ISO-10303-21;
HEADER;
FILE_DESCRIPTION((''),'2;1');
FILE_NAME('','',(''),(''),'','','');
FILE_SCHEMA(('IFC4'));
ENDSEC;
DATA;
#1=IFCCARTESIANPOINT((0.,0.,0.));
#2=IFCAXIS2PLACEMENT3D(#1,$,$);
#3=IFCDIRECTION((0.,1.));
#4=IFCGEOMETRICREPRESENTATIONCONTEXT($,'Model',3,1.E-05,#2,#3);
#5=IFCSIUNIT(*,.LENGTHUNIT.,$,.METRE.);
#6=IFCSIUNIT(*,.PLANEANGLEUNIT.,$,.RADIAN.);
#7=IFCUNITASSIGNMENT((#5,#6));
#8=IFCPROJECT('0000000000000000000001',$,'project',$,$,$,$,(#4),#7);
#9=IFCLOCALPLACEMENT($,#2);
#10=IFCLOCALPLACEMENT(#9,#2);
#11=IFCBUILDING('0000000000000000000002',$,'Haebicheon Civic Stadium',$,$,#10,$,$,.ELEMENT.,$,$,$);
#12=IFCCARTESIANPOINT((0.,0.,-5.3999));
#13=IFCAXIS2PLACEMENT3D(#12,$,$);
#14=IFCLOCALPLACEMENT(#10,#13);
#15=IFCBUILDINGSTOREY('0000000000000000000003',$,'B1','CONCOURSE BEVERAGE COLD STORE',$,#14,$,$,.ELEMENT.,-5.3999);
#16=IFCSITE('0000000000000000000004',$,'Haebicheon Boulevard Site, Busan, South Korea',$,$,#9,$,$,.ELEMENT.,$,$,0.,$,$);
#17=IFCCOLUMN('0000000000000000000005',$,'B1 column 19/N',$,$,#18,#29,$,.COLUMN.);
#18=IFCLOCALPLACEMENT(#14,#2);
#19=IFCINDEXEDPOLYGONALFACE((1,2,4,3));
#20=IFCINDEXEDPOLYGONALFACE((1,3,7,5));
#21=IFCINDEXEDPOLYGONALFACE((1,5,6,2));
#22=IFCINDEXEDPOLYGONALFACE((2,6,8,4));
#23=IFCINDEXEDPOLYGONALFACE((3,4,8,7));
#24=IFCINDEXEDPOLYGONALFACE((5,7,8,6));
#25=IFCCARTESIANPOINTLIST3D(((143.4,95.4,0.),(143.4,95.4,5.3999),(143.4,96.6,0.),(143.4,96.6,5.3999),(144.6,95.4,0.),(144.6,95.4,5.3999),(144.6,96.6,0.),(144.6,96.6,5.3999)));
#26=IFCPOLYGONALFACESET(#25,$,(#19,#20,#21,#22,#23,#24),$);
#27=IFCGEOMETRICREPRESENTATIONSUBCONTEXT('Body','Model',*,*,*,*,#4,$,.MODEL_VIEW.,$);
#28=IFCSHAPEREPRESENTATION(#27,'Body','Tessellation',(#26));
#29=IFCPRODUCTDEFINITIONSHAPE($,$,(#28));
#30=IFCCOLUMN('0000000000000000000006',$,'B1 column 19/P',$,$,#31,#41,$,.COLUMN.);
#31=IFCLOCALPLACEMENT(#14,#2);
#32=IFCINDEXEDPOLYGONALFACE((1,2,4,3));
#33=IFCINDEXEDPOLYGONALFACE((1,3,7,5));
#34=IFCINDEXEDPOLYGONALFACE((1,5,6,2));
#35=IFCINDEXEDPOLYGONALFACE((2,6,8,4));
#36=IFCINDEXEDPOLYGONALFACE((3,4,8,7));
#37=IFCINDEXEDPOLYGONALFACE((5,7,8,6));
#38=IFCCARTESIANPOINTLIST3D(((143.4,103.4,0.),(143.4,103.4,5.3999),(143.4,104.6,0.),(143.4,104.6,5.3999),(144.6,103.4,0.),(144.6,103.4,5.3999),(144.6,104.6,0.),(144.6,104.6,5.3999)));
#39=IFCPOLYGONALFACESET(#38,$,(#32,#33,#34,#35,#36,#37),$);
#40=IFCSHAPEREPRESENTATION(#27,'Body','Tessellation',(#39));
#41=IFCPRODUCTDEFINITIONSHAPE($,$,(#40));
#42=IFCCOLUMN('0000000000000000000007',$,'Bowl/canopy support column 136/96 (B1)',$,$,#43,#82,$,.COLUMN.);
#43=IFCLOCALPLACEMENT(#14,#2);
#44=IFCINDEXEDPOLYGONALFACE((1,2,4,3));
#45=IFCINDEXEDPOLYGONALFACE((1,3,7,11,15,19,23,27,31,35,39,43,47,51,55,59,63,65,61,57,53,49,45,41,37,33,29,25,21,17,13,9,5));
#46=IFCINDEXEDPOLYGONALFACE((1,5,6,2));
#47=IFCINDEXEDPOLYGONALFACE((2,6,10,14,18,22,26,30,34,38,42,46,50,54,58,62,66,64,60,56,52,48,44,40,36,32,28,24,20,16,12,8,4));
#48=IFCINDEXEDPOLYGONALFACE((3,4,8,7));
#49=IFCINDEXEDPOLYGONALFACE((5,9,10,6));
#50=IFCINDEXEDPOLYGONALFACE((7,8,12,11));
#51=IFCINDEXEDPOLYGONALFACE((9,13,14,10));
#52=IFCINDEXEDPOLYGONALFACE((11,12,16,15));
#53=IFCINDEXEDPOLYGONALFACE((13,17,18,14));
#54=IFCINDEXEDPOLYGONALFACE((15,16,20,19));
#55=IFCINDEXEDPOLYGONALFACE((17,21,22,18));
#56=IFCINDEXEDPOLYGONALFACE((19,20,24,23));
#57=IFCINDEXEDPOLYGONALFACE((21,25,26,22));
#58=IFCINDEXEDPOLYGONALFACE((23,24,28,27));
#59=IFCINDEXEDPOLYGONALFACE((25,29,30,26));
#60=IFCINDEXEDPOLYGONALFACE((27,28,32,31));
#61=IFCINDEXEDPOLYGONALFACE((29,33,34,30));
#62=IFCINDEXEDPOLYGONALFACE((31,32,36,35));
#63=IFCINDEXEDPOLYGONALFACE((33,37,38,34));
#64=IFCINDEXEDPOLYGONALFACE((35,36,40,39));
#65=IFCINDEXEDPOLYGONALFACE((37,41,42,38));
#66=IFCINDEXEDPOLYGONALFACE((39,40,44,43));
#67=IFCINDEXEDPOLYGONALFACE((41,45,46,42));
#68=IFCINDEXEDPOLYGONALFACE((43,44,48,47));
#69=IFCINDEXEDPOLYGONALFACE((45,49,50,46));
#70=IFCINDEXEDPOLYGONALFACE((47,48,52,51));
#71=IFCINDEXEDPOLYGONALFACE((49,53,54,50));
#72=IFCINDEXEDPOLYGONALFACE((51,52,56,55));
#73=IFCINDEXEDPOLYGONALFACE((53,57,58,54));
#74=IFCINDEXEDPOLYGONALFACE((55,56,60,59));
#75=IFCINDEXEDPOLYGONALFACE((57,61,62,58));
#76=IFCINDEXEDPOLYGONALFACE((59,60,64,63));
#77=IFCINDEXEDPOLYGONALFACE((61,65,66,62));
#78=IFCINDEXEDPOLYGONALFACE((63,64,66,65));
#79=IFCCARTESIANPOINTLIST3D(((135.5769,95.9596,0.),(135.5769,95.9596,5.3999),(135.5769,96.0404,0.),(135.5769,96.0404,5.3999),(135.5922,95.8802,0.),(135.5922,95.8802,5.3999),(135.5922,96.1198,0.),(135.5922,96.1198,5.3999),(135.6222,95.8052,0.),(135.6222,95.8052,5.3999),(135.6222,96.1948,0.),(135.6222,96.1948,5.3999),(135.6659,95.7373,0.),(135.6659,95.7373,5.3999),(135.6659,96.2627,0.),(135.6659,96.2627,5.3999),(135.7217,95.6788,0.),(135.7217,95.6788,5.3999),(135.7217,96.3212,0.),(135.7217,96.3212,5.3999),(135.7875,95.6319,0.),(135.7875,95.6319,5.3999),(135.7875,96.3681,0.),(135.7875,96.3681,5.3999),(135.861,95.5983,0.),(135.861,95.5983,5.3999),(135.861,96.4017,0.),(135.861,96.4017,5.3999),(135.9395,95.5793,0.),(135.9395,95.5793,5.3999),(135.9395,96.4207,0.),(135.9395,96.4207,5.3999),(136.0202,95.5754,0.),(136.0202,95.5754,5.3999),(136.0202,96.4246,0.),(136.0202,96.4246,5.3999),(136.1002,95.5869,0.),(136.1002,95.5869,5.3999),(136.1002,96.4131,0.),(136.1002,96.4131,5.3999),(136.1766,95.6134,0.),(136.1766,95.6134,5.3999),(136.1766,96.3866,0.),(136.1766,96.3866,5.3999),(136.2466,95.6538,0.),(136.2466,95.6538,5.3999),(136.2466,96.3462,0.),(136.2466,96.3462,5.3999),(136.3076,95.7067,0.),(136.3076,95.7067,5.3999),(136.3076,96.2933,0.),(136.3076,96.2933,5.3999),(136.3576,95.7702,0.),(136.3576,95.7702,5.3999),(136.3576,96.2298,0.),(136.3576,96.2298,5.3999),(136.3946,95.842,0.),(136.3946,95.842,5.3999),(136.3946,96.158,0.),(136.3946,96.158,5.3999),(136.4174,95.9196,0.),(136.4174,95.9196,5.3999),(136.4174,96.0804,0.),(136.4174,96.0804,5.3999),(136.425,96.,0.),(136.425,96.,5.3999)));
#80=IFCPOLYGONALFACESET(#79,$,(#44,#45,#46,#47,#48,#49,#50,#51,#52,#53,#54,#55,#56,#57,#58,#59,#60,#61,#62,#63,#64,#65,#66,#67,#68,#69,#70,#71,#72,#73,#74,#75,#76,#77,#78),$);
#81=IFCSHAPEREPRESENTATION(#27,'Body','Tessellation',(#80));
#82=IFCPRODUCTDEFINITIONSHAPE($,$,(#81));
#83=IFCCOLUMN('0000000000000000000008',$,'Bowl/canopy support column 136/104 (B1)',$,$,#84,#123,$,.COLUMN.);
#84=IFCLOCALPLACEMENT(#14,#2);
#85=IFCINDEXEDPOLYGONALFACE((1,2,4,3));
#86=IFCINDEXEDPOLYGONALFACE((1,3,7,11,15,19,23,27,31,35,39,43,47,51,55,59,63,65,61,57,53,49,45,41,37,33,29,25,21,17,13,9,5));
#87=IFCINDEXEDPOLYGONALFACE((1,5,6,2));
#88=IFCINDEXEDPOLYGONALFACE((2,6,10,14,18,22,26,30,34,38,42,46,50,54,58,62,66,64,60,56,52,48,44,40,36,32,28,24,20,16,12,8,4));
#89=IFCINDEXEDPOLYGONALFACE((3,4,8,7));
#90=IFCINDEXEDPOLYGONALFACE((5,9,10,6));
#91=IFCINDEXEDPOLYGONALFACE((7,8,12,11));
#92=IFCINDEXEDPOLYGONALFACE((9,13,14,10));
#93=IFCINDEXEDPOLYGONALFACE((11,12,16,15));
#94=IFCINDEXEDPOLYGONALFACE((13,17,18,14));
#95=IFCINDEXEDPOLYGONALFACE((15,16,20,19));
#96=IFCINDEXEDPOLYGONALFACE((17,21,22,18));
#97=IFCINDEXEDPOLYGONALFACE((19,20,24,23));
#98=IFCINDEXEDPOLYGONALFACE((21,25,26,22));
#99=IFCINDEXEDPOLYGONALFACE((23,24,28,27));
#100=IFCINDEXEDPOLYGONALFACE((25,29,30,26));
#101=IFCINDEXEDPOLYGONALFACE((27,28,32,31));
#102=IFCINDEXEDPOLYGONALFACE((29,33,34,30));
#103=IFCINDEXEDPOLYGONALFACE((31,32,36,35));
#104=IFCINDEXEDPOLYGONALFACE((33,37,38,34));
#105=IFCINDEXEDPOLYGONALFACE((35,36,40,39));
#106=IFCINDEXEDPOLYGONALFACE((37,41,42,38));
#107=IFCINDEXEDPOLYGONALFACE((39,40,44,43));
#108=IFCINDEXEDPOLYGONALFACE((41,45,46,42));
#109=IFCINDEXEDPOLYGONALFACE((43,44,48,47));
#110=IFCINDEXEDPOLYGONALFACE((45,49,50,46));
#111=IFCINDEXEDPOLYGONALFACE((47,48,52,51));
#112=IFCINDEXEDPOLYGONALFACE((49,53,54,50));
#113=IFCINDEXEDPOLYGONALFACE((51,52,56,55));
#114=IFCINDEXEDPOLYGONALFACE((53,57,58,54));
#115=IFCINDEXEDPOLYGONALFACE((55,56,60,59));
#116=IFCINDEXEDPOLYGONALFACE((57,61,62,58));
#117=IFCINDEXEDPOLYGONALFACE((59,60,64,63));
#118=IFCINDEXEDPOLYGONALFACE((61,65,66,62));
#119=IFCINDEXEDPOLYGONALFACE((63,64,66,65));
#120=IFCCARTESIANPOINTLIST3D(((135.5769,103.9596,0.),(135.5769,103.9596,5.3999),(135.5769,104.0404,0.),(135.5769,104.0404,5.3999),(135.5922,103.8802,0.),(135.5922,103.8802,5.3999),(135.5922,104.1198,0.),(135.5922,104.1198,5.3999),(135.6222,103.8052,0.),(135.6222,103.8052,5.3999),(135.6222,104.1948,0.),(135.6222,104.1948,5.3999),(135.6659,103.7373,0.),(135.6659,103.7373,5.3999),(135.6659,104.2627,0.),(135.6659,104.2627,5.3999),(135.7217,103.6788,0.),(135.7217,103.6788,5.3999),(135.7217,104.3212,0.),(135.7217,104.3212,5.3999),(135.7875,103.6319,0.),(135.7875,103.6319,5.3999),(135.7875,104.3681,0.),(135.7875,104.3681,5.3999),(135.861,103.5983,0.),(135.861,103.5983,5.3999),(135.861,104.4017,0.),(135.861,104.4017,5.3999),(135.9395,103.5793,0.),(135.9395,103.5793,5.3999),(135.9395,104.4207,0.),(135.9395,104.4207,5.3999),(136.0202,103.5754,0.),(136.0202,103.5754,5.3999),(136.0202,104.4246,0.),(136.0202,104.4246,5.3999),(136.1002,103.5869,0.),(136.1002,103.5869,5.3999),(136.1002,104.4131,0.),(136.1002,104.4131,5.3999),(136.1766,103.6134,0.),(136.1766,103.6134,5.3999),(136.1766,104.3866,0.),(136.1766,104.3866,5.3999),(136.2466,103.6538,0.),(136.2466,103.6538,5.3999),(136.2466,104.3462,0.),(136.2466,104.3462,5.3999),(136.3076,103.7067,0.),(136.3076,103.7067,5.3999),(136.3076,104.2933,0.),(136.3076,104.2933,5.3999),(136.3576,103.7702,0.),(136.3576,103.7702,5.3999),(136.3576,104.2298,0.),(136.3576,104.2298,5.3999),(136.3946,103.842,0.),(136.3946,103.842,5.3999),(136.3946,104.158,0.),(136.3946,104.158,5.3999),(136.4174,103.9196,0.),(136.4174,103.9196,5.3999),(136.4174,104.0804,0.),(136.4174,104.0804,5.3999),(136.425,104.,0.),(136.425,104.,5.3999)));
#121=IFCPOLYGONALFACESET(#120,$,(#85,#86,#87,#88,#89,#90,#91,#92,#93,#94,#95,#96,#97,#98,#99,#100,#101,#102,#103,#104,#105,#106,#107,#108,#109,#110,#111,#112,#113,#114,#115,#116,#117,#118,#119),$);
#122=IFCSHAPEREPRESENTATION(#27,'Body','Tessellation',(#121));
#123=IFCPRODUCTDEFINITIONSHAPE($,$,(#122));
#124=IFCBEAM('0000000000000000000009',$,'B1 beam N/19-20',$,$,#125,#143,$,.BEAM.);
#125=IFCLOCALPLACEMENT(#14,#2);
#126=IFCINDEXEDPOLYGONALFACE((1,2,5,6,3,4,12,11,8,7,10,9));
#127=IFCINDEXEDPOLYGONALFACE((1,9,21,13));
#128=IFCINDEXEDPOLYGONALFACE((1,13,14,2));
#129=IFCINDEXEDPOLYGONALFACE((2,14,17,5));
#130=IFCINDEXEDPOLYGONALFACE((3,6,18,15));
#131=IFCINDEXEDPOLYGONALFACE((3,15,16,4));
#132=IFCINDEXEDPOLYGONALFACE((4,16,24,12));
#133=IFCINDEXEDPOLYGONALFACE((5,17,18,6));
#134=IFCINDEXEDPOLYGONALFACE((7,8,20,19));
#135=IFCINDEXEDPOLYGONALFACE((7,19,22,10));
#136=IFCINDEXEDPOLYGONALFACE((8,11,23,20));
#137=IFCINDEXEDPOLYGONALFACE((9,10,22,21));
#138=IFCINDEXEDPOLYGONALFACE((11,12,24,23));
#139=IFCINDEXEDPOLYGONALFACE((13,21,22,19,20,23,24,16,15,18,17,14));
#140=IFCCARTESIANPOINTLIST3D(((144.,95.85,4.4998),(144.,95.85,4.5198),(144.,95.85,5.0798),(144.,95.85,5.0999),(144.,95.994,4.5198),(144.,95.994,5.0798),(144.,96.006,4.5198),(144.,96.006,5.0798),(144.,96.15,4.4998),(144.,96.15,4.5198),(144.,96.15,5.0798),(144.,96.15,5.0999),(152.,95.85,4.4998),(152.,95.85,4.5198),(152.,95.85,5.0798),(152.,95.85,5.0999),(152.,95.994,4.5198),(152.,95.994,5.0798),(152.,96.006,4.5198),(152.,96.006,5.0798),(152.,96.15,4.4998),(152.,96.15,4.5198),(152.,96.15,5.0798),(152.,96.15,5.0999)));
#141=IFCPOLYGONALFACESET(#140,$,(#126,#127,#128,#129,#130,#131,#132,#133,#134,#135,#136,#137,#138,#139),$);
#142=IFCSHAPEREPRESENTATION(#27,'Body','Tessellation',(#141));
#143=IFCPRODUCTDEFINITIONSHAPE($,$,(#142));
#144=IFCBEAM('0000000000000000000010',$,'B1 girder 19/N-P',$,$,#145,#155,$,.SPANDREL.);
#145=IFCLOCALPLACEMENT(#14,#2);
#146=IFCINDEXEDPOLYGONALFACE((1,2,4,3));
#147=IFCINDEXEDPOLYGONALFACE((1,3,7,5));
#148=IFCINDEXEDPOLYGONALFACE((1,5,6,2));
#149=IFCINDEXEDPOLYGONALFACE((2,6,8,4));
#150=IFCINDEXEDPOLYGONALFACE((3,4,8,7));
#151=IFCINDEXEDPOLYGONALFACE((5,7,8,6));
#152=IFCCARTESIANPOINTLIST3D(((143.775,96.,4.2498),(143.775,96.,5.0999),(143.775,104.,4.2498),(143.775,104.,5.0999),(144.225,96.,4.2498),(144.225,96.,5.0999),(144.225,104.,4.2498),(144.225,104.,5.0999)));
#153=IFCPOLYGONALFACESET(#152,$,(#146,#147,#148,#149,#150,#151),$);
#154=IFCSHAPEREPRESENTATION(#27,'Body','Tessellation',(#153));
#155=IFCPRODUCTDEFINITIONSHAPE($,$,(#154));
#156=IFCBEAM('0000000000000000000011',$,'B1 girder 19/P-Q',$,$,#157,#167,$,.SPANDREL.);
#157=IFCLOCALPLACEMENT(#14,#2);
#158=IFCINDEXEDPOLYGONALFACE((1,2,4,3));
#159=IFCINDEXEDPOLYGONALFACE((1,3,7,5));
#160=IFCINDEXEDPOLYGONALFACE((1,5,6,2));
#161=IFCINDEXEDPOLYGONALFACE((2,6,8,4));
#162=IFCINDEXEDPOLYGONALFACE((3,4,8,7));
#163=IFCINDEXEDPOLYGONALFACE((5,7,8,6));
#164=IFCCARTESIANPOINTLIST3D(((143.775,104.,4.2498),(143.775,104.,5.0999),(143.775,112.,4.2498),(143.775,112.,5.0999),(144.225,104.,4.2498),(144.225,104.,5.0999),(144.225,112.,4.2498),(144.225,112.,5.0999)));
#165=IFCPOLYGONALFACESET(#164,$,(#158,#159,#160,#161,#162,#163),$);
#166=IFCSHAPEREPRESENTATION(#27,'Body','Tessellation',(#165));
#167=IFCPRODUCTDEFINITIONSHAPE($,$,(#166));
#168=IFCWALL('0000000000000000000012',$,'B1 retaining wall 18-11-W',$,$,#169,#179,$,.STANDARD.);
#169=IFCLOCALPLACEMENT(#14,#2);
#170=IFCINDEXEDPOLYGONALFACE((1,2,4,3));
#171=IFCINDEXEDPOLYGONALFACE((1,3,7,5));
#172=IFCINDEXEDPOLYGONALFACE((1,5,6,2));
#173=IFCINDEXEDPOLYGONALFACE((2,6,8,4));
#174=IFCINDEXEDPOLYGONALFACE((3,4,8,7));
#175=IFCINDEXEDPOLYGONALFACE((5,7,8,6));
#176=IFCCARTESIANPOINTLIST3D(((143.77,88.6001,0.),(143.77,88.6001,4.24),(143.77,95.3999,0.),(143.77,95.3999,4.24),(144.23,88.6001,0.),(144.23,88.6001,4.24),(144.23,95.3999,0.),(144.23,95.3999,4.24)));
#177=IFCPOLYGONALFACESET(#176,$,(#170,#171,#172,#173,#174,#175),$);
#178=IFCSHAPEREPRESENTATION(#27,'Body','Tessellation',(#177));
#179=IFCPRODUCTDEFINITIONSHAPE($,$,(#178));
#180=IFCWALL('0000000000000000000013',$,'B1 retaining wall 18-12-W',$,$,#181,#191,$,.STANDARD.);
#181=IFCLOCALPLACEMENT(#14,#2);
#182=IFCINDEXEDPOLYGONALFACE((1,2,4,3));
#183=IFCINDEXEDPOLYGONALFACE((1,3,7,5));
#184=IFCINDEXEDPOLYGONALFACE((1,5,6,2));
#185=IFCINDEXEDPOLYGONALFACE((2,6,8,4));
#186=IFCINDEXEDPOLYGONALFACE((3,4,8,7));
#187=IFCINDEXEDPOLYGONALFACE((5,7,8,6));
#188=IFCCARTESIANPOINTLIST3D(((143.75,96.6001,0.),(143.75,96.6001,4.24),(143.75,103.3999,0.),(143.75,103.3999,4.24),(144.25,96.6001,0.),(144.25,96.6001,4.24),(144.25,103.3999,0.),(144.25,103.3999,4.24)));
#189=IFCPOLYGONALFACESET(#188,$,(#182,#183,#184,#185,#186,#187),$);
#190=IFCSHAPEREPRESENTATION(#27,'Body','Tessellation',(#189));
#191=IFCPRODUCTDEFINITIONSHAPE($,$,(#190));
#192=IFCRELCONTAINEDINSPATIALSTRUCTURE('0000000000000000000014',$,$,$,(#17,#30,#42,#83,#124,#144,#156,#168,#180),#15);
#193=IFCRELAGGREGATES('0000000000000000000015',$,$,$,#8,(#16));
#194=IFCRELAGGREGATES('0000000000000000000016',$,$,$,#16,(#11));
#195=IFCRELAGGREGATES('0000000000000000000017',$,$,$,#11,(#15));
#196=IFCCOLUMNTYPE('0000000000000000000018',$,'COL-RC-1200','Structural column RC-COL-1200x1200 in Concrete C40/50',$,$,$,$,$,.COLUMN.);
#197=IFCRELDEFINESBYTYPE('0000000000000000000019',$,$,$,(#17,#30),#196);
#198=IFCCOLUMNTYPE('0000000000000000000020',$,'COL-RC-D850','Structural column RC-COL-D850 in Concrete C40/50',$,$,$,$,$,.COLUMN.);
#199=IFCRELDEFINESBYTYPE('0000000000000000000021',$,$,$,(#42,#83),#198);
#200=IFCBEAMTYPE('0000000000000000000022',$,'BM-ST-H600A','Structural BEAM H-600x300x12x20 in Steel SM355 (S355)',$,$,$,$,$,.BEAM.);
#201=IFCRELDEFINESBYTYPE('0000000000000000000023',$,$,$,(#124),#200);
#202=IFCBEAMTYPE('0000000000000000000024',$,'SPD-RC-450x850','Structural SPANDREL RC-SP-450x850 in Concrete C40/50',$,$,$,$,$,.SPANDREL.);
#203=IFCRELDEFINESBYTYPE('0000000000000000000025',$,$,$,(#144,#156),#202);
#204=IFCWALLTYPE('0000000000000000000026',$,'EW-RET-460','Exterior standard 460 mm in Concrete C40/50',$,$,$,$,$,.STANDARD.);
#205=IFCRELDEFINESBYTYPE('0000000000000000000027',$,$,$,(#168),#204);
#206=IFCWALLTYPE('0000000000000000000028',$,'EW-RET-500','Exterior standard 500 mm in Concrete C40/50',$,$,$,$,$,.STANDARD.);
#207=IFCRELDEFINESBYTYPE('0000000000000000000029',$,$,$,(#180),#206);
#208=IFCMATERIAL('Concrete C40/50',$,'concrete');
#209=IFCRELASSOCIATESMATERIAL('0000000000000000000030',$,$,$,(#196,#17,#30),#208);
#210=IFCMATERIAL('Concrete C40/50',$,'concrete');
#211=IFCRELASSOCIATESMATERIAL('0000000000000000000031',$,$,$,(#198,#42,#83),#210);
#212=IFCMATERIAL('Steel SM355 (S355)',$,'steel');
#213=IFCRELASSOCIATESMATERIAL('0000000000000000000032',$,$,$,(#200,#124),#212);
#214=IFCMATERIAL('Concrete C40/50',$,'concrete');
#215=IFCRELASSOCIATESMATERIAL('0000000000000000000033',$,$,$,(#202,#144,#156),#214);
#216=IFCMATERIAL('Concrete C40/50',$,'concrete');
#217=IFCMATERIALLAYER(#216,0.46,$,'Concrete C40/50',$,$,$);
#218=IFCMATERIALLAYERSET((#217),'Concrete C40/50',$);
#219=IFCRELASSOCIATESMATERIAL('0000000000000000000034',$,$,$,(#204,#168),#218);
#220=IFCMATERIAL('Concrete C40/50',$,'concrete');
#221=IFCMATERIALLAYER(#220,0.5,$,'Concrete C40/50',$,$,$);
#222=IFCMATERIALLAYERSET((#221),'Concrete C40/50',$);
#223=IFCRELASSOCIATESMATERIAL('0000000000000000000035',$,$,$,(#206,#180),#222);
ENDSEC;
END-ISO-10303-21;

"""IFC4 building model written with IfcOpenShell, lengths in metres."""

from ifc_helpers import new_model, si_unit, direction, frame, frame_2d, origin, origin_2d, place, context, subcontext, project, spatial, rectangle, circle, i_section, extrude, material, layer, layer_set, material_profile, profile_set, type_object, element, save


model = new_model("IFC4")

# Units and contexts
model_context = context("Model", 3, precision=1e-05, world=origin(), true_north=direction((0.0, 1.0)))
body_context = subcontext(model_context, "Body", "Model", "MODEL_VIEW")
ifc_project = project(units=[si_unit("LENGTHUNIT", "METRE"), si_unit("PLANEANGLEUNIT", "RADIAN")], contexts=[model_context])

# Site, building, storey
site_placement = place(None, origin())
site = spatial("IfcSite", under=ifc_project, at=site_placement, Name="Haebicheon Boulevard Site, Busan, South Korea", CompositionType="ELEMENT", RefElevation=0.0)
building_placement = place(site_placement, origin())
building = spatial("IfcBuilding", under=site, at=building_placement, Name="Haebicheon Civic Stadium", CompositionType="ELEMENT")
storey_placement = place(building_placement, frame((0.0, 0.0, -5.3999)))
storey = spatial("IfcBuildingStorey", under=building, at=storey_placement, Name="B1", Description="CONCOURSE BEVERAGE COLD STORE", CompositionType="ELEMENT", Elevation=-5.3999)

# Columns
ifc_material_1 = material(Name="Concrete C40/50", Category="concrete")
ifc_material_profile_1 = material_profile(ifc_material_1, rectangle(XDim=1.2, YDim=1.2, at=origin_2d()), Name="RC-COL-1200x1200")
ifc_profile_set_1 = profile_set([ifc_material_profile_1], Name="Concrete C40/50")
column_type_1 = type_object("IfcColumnType", Name="COL-RC-1200", Description="Structural column RC-COL-1200x1200 in Concrete C40/50", PredefinedType="COLUMN", material=ifc_profile_set_1)
for number, where, z_axis, x_axis, name in (
    (1, (144.0, 96.0, 0.0), (0.0, 0.0, 1.0), (1.0, 0.0, 0.0), "B1 column 19/N"),
    (2, (144.0, 104.0, 0.0), (0.0, 0.0, 1.0), (1.0, 0.0, 0.0), "B1 column 19/P"),
):
    element("IfcColumn", number, at=place(storey_placement, frame(where, z_axis=z_axis, x_axis=x_axis)), inside=storey, type_object=column_type_1, material=ifc_profile_set_1, Name=name, PredefinedType="COLUMN", context=body_context, shape_type="SweptSolid", body=[
        extrude(rectangle(XDim=1.2, YDim=1.2, at=origin_2d()), origin(), (0.0, 0.0, 1.0), 5.3999),
    ])
ifc_material_2 = material(Name="Concrete C40/50", Category="concrete")
ifc_material_profile_2 = material_profile(ifc_material_2, circle(Radius=0.425, at=origin_2d()), Name="RC-COL-D850")
ifc_profile_set_2 = profile_set([ifc_material_profile_2], Name="Concrete C40/50")
column_type_2 = type_object("IfcColumnType", Name="COL-RC-D850", Description="Structural column RC-COL-D850 in Concrete C40/50", PredefinedType="COLUMN", material=ifc_profile_set_2)
for number, where, z_axis, x_axis, name in (
    (3, (136.0, 96.0, 0.0), (0.0, 0.0, 1.0), (1.0, 0.0, 0.0), "Bowl/canopy support column 136/96 (B1)"),
    (4, (136.0, 104.0, 0.0), (0.0, 0.0, 1.0), (1.0, 0.0, 0.0), "Bowl/canopy support column 136/104 (B1)"),
):
    element("IfcColumn", number, at=place(storey_placement, frame(where, z_axis=z_axis, x_axis=x_axis)), inside=storey, type_object=column_type_2, material=ifc_profile_set_2, Name=name, PredefinedType="COLUMN", context=body_context, shape_type="SweptSolid", body=[
        extrude(circle(Radius=0.425, at=origin_2d()), origin(), (0.0, 0.0, 1.0), 5.3999),
    ])

# Beams
ifc_material_3 = material(Name="Steel SM355 (S355)", Category="steel")
ifc_material_profile_3 = material_profile(ifc_material_3, i_section(OverallWidth=0.3, OverallDepth=0.6001, WebThickness=0.012, FlangeThickness=0.02, at=origin_2d()), Name="H-600x300x12x20")
ifc_profile_set_3 = profile_set([ifc_material_profile_3], Name="Steel SM355 (S355)")
beam_type_1 = type_object("IfcBeamType", Name="BM-ST-H600A", Description="Structural BEAM H-600x300x12x20 in Steel SM355 (S355)", PredefinedType="BEAM", material=ifc_profile_set_3)
beam_placement = place(storey_placement, frame((144.0, 96.0, 4.7998), z_axis=(1.0, 0.0, 0.0), x_axis=(0.0, 1.0, 0.0)))
element("IfcBeam", 5, at=beam_placement, inside=storey, type_object=beam_type_1, material=ifc_profile_set_3, Name="B1 beam N/19-20", PredefinedType="BEAM", context=body_context, shape_type="SweptSolid", body=[
    extrude(i_section(OverallWidth=0.3, OverallDepth=0.6001, WebThickness=0.012, FlangeThickness=0.02, at=origin_2d()), origin(), (0.0, 0.0, 1.0), 8.0),
])
ifc_material_4 = material(Name="Concrete C40/50", Category="concrete")
ifc_material_profile_4 = material_profile(ifc_material_4, rectangle(XDim=0.45, YDim=0.8501, at=origin_2d()), Name="RC-SP-450x850")
ifc_profile_set_4 = profile_set([ifc_material_profile_4], Name="Concrete C40/50")
beam_type_2 = type_object("IfcBeamType", Name="SPD-RC-450x850", Description="Structural SPANDREL RC-SP-450x850 in Concrete C40/50", PredefinedType="SPANDREL", material=ifc_profile_set_4)
for number, where, z_axis, x_axis, name in (
    (6, (144.0, 96.0, 4.6748), (0.0, 1.0, 0.0), (-1.0, 0.0, 0.0), "B1 girder 19/N-P"),
    (7, (144.0, 104.0, 4.6748), (0.0, 1.0, 0.0), (-1.0, 0.0, 0.0), "B1 girder 19/P-Q"),
):
    element("IfcBeam", number, at=place(storey_placement, frame(where, z_axis=z_axis, x_axis=x_axis)), inside=storey, type_object=beam_type_2, material=ifc_profile_set_4, Name=name, PredefinedType="SPANDREL", context=body_context, shape_type="SweptSolid", body=[
        extrude(rectangle(XDim=0.45, YDim=0.8501, at=origin_2d()), origin(), (0.0, 0.0, 1.0), 8.0),
    ])

# Walls
ifc_material_5 = material(Name="Concrete C40/50", Category="concrete")
ifc_layer_1 = layer(ifc_material_5, 0.46, Name="Concrete C40/50")
ifc_layer_set_1 = layer_set([ifc_layer_1], Name="Concrete C40/50")
wall_type_1 = type_object("IfcWallType", Name="EW-RET-460", Description="Exterior standard 460 mm in Concrete C40/50", PredefinedType="STANDARD", material=ifc_layer_set_1)
wall_1_placement = place(storey_placement, frame((144.0, 88.6001, 0.0), z_axis=(0.0, 0.0, 1.0), x_axis=(0.0, 1.0, 0.0)))
element("IfcWall", 8, at=wall_1_placement, inside=storey, type_object=wall_type_1, material=ifc_layer_set_1, Name="B1 retaining wall 18-11-W", PredefinedType="STANDARD", context=body_context, shape_type="SweptSolid", body=[
    extrude(rectangle(XDim=6.7998, YDim=0.46, at=frame_2d((3.3999, 0.0))), origin(), (0.0, 0.0, 1.0), 4.24),
])
ifc_material_6 = material(Name="Concrete C40/50", Category="concrete")
ifc_layer_2 = layer(ifc_material_6, 0.5, Name="Concrete C40/50")
ifc_layer_set_2 = layer_set([ifc_layer_2], Name="Concrete C40/50")
wall_type_2 = type_object("IfcWallType", Name="EW-RET-500", Description="Exterior standard 500 mm in Concrete C40/50", PredefinedType="STANDARD", material=ifc_layer_set_2)
wall_2_placement = place(storey_placement, frame((144.0, 96.6001, 0.0), z_axis=(0.0, 0.0, 1.0), x_axis=(0.0, 1.0, 0.0)))
element("IfcWall", 9, at=wall_2_placement, inside=storey, type_object=wall_type_2, material=ifc_layer_set_2, Name="B1 retaining wall 18-12-W", PredefinedType="STANDARD", context=body_context, shape_type="SweptSolid", body=[
    extrude(rectangle(XDim=6.7998, YDim=0.5, at=frame_2d((3.3999, 0.0))), origin(), (0.0, 0.0, 1.0), 4.24),
])

save(model, "model.ifc")
